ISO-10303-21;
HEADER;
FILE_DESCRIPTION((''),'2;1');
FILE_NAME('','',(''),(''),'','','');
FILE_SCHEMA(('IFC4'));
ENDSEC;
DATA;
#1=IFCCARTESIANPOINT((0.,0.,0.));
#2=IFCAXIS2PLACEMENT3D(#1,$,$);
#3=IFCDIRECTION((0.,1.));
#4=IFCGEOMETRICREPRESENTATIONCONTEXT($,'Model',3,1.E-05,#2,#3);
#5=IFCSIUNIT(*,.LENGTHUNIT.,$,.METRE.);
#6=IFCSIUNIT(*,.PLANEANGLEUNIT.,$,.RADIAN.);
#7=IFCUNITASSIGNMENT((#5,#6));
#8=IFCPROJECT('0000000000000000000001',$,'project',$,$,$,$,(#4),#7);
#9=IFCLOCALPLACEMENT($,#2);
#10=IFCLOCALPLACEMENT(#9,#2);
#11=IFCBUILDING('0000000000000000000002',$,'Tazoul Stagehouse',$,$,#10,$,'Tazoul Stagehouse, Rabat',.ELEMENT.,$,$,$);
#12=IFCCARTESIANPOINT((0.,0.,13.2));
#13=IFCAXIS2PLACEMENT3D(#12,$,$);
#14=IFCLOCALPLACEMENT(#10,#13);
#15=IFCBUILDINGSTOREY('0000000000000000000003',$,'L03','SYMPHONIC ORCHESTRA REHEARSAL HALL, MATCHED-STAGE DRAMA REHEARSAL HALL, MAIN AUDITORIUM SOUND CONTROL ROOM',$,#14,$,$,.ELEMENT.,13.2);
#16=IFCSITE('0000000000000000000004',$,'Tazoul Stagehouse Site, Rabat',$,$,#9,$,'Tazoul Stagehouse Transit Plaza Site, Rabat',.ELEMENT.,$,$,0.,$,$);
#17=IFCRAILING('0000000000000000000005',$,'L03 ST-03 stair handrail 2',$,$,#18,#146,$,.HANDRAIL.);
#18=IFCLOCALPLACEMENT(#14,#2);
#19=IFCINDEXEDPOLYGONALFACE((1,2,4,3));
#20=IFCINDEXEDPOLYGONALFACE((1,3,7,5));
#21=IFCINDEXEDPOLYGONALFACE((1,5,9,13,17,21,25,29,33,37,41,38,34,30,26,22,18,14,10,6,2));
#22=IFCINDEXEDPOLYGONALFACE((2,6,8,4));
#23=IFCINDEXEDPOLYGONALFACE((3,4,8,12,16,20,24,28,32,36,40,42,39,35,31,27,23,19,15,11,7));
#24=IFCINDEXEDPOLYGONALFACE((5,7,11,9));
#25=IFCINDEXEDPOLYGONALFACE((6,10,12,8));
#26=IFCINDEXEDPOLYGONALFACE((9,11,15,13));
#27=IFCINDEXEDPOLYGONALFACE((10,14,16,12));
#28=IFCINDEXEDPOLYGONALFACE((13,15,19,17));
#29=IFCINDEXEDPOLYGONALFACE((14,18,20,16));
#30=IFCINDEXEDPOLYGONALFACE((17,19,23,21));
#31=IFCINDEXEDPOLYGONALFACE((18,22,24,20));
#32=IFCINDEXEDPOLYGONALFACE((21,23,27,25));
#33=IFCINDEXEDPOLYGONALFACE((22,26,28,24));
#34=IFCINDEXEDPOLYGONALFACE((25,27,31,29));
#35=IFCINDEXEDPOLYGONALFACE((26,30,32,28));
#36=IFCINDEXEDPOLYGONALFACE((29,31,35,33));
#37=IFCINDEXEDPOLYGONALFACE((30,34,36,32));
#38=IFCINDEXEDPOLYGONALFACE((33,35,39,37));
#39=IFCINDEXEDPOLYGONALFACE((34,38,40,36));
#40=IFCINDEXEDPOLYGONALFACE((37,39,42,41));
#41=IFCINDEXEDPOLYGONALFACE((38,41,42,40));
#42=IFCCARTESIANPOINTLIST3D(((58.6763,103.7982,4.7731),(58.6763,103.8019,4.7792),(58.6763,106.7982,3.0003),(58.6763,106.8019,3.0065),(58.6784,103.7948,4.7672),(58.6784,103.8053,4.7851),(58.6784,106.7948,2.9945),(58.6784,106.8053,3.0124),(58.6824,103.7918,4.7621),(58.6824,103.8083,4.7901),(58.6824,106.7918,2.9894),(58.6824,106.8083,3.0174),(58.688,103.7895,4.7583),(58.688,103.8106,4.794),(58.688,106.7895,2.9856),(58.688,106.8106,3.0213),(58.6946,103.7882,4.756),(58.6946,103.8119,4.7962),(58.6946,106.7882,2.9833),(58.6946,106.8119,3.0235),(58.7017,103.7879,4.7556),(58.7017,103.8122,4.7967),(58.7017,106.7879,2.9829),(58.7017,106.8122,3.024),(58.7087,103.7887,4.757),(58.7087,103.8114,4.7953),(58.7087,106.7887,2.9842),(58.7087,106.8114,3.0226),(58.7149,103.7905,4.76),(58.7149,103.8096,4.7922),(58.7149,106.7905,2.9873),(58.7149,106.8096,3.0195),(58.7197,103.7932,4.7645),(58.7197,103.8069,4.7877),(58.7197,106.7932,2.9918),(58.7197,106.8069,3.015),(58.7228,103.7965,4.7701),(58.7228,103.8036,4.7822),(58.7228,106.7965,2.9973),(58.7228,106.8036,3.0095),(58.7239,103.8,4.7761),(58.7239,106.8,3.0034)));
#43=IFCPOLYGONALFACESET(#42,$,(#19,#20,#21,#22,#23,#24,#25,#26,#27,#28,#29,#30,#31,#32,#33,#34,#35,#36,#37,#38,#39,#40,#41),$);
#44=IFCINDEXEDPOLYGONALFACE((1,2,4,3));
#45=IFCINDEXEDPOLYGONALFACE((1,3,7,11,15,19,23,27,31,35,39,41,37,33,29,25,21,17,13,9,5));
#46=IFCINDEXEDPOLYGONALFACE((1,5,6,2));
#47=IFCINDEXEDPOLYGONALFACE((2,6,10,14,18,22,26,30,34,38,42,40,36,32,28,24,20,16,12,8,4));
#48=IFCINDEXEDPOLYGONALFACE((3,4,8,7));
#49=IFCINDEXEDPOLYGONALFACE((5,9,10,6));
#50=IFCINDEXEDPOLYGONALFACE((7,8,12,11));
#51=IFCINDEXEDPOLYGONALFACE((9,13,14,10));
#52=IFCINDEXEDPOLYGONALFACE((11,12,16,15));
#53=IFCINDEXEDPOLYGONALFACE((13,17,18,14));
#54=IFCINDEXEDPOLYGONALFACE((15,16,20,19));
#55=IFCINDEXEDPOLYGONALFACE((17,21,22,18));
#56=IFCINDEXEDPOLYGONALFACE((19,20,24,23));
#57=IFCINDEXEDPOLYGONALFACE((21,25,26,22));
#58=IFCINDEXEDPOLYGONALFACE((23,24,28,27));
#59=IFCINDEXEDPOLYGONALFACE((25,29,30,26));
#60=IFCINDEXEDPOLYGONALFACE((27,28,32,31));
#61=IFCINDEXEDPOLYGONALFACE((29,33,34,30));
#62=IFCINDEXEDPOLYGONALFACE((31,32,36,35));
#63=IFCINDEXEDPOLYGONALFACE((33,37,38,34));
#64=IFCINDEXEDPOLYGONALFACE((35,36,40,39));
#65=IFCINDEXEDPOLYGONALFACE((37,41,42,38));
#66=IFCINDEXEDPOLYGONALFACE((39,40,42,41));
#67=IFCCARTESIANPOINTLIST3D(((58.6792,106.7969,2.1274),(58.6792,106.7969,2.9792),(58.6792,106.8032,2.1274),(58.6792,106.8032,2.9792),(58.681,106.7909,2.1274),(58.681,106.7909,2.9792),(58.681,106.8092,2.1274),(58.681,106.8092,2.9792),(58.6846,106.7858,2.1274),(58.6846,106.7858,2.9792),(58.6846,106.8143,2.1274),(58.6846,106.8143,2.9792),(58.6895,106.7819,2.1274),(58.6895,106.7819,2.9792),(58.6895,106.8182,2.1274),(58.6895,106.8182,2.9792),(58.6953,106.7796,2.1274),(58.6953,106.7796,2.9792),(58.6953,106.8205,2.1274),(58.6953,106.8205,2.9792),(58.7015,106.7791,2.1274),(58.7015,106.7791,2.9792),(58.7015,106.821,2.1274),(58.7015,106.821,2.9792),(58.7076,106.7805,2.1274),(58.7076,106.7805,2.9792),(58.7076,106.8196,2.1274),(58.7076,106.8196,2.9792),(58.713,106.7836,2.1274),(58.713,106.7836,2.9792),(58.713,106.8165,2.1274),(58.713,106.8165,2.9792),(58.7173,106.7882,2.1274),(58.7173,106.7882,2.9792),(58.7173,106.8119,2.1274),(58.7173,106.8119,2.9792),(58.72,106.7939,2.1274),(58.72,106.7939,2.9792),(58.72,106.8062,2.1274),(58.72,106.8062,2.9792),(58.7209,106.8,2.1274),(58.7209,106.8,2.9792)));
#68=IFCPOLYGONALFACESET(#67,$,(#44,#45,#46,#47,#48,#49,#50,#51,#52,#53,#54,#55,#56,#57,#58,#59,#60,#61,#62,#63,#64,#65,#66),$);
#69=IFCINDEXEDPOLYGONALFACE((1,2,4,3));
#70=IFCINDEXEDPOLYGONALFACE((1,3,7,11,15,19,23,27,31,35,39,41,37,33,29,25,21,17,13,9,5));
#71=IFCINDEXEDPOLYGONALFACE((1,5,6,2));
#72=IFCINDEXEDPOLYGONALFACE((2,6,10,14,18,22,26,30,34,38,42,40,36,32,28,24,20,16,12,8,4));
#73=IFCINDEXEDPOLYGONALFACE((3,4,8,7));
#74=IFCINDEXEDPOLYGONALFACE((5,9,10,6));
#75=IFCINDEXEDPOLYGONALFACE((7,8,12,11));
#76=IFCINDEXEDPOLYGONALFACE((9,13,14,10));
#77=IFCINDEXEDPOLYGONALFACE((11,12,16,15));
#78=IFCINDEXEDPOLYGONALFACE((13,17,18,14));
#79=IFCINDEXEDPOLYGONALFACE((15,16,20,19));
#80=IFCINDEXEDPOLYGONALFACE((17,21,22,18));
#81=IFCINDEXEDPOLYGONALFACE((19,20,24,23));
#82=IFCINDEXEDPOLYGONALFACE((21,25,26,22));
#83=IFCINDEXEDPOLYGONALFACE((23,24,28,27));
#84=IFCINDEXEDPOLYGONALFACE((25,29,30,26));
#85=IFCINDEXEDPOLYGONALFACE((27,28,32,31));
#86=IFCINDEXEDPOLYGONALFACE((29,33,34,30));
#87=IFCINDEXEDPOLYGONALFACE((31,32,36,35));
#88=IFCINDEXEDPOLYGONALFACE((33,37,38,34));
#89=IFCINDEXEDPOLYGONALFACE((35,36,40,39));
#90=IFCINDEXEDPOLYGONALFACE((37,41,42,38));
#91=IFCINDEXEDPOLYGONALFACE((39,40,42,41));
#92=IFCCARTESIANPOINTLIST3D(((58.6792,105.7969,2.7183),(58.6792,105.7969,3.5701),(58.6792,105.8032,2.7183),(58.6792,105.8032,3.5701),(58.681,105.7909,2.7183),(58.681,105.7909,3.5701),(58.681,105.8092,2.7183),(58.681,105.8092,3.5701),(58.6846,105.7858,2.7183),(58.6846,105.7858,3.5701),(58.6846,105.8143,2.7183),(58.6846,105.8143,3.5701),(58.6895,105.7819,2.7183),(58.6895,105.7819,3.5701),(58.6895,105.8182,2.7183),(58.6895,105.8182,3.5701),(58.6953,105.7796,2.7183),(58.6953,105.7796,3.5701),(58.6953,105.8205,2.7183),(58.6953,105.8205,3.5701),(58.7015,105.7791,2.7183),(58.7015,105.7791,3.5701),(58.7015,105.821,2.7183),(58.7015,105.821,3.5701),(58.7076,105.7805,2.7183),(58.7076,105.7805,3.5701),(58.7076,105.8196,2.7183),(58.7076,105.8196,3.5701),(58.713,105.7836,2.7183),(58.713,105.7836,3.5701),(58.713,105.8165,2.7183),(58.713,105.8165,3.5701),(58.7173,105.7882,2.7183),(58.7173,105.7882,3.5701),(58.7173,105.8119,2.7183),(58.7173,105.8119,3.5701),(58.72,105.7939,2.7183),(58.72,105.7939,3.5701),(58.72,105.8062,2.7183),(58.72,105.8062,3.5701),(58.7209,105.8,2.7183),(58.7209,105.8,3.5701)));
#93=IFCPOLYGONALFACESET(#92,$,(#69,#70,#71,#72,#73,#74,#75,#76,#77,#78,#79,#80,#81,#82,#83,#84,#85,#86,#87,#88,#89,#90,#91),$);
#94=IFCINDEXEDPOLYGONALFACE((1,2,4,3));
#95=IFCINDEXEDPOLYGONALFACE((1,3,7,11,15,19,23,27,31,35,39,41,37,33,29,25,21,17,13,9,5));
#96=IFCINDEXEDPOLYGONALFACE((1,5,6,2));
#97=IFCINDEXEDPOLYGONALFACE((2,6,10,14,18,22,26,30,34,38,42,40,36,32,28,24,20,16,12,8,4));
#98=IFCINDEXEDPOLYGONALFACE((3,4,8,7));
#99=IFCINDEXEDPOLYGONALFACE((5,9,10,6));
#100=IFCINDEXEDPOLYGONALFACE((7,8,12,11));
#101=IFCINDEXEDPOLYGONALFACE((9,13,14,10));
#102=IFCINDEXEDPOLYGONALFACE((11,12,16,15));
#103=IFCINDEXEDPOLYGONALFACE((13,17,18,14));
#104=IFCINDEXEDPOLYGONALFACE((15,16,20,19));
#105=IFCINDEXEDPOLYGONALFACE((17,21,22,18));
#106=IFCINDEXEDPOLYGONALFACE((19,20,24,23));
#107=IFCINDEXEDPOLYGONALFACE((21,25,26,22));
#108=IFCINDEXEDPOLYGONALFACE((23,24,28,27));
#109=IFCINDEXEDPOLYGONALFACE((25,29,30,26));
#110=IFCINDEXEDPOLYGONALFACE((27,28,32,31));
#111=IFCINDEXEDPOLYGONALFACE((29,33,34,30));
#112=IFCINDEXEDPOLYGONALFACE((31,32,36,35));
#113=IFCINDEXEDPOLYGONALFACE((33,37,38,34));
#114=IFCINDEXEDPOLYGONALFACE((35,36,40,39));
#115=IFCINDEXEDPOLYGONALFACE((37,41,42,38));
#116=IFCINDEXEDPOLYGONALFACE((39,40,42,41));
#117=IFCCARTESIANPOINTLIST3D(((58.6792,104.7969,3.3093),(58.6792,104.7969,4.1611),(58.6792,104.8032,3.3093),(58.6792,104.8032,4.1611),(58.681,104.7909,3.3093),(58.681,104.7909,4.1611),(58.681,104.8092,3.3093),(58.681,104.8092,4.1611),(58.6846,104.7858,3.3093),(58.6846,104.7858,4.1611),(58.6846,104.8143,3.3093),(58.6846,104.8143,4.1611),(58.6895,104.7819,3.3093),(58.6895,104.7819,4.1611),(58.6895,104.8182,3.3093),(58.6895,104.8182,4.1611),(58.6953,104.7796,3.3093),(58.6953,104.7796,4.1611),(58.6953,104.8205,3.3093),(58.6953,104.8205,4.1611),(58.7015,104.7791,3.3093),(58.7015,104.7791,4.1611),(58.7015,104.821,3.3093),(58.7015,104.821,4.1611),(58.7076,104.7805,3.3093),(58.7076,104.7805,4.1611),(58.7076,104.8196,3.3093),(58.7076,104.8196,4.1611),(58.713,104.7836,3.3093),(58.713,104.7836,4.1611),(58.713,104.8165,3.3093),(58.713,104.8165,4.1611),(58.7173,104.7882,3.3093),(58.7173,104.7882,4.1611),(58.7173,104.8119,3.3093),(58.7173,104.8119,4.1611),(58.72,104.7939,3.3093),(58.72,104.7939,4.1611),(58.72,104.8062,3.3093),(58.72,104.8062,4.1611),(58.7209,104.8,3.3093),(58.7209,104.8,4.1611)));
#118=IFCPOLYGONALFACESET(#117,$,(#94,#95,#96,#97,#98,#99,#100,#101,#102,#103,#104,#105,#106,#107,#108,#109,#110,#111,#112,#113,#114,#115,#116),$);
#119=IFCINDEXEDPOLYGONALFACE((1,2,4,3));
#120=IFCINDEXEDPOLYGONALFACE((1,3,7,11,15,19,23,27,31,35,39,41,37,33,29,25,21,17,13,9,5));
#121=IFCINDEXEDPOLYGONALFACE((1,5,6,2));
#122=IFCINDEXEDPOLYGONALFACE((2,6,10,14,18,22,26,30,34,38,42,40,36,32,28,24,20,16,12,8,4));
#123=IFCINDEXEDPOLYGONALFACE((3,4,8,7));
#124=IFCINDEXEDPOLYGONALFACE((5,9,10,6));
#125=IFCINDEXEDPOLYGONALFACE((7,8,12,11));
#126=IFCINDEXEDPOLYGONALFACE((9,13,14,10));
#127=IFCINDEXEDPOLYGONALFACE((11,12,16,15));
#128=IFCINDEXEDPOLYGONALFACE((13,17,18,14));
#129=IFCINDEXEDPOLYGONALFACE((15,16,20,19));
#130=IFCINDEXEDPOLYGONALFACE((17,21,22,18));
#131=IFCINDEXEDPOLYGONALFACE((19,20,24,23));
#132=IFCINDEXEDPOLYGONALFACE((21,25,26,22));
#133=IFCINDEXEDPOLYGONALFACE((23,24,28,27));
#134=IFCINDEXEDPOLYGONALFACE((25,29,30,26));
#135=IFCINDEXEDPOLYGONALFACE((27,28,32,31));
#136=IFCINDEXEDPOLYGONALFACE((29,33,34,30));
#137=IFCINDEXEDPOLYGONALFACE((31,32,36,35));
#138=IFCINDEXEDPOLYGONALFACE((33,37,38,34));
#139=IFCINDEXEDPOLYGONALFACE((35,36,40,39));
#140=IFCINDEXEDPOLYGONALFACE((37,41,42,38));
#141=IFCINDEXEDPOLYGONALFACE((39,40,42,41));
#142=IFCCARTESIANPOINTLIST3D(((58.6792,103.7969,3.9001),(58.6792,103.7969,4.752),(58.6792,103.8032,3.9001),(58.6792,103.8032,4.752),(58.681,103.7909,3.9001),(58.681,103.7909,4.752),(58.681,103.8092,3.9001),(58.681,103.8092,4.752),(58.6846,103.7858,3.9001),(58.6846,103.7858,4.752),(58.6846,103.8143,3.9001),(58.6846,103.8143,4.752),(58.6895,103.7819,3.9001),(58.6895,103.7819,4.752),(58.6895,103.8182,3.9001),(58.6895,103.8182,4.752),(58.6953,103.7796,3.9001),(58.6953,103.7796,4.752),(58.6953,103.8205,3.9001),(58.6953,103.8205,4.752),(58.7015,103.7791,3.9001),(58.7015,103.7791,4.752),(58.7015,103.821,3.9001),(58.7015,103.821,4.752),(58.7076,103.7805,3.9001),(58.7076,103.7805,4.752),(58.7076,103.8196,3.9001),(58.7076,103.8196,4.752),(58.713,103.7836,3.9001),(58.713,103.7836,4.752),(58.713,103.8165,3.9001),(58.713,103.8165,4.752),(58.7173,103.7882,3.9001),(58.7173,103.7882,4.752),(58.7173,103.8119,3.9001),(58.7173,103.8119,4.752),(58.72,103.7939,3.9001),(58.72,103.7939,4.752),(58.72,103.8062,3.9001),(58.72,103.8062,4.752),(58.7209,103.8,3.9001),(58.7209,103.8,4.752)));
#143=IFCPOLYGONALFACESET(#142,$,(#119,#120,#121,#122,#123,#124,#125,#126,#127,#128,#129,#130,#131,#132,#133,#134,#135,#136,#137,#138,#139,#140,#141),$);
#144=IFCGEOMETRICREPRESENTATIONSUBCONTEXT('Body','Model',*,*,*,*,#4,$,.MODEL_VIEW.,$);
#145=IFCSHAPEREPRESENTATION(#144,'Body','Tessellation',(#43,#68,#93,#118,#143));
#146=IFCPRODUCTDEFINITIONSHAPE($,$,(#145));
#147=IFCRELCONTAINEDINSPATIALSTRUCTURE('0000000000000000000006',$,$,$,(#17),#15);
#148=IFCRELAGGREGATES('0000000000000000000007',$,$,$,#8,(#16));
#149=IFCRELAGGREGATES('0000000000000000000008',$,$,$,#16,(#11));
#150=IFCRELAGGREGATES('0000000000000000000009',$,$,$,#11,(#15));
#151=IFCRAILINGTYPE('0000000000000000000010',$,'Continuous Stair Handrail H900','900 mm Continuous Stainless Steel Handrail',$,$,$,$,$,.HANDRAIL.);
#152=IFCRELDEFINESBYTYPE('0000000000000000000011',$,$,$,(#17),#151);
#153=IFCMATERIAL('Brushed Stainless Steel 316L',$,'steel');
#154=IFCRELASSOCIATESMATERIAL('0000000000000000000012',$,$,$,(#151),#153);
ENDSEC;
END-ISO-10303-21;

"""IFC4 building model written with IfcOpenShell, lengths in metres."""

from ifc_helpers import new_model, si_unit, direction, frame, origin, origin_2d, place, context, subcontext, project, spatial, circle, extrude, material, material_profile, profile_set, type_object, element, save


model = new_model("IFC4")

# Units and contexts
model_context = context("Model", 3, precision=1e-05, world=origin(), true_north=direction((0.0, 1.0)))
body_context = subcontext(model_context, "Body", "Model", "MODEL_VIEW")
ifc_project = project(units=[si_unit("LENGTHUNIT", "METRE"), si_unit("PLANEANGLEUNIT", "RADIAN")], contexts=[model_context])

# Site, building, storey
site_placement = place(None, origin())
site = spatial("IfcSite", under=ifc_project, at=site_placement, Name="Tazoul Stagehouse Site, Rabat", LongName="Tazoul Stagehouse Transit Plaza Site, Rabat", CompositionType="ELEMENT", RefElevation=0.0)
building_placement = place(site_placement, origin())
building = spatial("IfcBuilding", under=site, at=building_placement, Name="Tazoul Stagehouse", LongName="Tazoul Stagehouse, Rabat", CompositionType="ELEMENT")
storey_placement = place(building_placement, frame((0.0, 0.0, 13.2)))
storey = spatial("IfcBuildingStorey", under=building, at=storey_placement, Name="L03", Description="SYMPHONIC ORCHESTRA REHEARSAL HALL, MATCHED-STAGE DRAMA REHEARSAL HALL, MAIN AUDITORIUM SOUND CONTROL ROOM", CompositionType="ELEMENT", Elevation=13.2)

# Railing
ifc_material_1 = material(Name="Brushed Stainless Steel 316L", Category="steel")
ifc_material_profile_1 = material_profile(ifc_material_1, circle(Radius=0.021, at=origin_2d()), Name="SS HANDRAIL D42")
ifc_profile_set_1 = profile_set([ifc_material_profile_1], Name="Brushed Stainless Steel 316L")
railing_type_1 = type_object("IfcRailingType", Name="Continuous Stair Handrail H900", Description="900 mm Continuous Stainless Steel Handrail", PredefinedType="HANDRAIL", material=ifc_profile_set_1)
railing_1_placement = place(storey_placement, frame((58.7, 106.8, 2.1274)))
element("IfcRailing", 1, at=railing_1_placement, inside=storey, type_object=railing_type_1, Name="L03 ST-03 stair handrail 2", PredefinedType="HANDRAIL", context=body_context, shape_type="SweptSolid", body=[
    extrude(circle(Radius=0.0239, at=origin_2d()), frame((0.0, 0.0, 0.876), z_axis=(0.0, -0.860929, 0.508725), x_axis=(1.0, 0.0, 0.0)), (0.0, 0.0, 1.0), 3.4846),
    extrude(circle(Radius=0.021, at=origin_2d()), origin(), (0.0, 0.0, 1.0), 0.8518),
    extrude(circle(Radius=0.021, at=origin_2d()), frame((0.0, -1.0, 0.5908)), (0.0, 0.0, 1.0), 0.8518),
    extrude(circle(Radius=0.021, at=origin_2d()), frame((0.0, -2.0, 1.1819)), (0.0, 0.0, 1.0), 0.8518),
    extrude(circle(Radius=0.021, at=origin_2d()), frame((0.0, -3.0, 1.7727)), (0.0, 0.0, 1.0), 0.8518),
])

save(model, "model.ifc")
